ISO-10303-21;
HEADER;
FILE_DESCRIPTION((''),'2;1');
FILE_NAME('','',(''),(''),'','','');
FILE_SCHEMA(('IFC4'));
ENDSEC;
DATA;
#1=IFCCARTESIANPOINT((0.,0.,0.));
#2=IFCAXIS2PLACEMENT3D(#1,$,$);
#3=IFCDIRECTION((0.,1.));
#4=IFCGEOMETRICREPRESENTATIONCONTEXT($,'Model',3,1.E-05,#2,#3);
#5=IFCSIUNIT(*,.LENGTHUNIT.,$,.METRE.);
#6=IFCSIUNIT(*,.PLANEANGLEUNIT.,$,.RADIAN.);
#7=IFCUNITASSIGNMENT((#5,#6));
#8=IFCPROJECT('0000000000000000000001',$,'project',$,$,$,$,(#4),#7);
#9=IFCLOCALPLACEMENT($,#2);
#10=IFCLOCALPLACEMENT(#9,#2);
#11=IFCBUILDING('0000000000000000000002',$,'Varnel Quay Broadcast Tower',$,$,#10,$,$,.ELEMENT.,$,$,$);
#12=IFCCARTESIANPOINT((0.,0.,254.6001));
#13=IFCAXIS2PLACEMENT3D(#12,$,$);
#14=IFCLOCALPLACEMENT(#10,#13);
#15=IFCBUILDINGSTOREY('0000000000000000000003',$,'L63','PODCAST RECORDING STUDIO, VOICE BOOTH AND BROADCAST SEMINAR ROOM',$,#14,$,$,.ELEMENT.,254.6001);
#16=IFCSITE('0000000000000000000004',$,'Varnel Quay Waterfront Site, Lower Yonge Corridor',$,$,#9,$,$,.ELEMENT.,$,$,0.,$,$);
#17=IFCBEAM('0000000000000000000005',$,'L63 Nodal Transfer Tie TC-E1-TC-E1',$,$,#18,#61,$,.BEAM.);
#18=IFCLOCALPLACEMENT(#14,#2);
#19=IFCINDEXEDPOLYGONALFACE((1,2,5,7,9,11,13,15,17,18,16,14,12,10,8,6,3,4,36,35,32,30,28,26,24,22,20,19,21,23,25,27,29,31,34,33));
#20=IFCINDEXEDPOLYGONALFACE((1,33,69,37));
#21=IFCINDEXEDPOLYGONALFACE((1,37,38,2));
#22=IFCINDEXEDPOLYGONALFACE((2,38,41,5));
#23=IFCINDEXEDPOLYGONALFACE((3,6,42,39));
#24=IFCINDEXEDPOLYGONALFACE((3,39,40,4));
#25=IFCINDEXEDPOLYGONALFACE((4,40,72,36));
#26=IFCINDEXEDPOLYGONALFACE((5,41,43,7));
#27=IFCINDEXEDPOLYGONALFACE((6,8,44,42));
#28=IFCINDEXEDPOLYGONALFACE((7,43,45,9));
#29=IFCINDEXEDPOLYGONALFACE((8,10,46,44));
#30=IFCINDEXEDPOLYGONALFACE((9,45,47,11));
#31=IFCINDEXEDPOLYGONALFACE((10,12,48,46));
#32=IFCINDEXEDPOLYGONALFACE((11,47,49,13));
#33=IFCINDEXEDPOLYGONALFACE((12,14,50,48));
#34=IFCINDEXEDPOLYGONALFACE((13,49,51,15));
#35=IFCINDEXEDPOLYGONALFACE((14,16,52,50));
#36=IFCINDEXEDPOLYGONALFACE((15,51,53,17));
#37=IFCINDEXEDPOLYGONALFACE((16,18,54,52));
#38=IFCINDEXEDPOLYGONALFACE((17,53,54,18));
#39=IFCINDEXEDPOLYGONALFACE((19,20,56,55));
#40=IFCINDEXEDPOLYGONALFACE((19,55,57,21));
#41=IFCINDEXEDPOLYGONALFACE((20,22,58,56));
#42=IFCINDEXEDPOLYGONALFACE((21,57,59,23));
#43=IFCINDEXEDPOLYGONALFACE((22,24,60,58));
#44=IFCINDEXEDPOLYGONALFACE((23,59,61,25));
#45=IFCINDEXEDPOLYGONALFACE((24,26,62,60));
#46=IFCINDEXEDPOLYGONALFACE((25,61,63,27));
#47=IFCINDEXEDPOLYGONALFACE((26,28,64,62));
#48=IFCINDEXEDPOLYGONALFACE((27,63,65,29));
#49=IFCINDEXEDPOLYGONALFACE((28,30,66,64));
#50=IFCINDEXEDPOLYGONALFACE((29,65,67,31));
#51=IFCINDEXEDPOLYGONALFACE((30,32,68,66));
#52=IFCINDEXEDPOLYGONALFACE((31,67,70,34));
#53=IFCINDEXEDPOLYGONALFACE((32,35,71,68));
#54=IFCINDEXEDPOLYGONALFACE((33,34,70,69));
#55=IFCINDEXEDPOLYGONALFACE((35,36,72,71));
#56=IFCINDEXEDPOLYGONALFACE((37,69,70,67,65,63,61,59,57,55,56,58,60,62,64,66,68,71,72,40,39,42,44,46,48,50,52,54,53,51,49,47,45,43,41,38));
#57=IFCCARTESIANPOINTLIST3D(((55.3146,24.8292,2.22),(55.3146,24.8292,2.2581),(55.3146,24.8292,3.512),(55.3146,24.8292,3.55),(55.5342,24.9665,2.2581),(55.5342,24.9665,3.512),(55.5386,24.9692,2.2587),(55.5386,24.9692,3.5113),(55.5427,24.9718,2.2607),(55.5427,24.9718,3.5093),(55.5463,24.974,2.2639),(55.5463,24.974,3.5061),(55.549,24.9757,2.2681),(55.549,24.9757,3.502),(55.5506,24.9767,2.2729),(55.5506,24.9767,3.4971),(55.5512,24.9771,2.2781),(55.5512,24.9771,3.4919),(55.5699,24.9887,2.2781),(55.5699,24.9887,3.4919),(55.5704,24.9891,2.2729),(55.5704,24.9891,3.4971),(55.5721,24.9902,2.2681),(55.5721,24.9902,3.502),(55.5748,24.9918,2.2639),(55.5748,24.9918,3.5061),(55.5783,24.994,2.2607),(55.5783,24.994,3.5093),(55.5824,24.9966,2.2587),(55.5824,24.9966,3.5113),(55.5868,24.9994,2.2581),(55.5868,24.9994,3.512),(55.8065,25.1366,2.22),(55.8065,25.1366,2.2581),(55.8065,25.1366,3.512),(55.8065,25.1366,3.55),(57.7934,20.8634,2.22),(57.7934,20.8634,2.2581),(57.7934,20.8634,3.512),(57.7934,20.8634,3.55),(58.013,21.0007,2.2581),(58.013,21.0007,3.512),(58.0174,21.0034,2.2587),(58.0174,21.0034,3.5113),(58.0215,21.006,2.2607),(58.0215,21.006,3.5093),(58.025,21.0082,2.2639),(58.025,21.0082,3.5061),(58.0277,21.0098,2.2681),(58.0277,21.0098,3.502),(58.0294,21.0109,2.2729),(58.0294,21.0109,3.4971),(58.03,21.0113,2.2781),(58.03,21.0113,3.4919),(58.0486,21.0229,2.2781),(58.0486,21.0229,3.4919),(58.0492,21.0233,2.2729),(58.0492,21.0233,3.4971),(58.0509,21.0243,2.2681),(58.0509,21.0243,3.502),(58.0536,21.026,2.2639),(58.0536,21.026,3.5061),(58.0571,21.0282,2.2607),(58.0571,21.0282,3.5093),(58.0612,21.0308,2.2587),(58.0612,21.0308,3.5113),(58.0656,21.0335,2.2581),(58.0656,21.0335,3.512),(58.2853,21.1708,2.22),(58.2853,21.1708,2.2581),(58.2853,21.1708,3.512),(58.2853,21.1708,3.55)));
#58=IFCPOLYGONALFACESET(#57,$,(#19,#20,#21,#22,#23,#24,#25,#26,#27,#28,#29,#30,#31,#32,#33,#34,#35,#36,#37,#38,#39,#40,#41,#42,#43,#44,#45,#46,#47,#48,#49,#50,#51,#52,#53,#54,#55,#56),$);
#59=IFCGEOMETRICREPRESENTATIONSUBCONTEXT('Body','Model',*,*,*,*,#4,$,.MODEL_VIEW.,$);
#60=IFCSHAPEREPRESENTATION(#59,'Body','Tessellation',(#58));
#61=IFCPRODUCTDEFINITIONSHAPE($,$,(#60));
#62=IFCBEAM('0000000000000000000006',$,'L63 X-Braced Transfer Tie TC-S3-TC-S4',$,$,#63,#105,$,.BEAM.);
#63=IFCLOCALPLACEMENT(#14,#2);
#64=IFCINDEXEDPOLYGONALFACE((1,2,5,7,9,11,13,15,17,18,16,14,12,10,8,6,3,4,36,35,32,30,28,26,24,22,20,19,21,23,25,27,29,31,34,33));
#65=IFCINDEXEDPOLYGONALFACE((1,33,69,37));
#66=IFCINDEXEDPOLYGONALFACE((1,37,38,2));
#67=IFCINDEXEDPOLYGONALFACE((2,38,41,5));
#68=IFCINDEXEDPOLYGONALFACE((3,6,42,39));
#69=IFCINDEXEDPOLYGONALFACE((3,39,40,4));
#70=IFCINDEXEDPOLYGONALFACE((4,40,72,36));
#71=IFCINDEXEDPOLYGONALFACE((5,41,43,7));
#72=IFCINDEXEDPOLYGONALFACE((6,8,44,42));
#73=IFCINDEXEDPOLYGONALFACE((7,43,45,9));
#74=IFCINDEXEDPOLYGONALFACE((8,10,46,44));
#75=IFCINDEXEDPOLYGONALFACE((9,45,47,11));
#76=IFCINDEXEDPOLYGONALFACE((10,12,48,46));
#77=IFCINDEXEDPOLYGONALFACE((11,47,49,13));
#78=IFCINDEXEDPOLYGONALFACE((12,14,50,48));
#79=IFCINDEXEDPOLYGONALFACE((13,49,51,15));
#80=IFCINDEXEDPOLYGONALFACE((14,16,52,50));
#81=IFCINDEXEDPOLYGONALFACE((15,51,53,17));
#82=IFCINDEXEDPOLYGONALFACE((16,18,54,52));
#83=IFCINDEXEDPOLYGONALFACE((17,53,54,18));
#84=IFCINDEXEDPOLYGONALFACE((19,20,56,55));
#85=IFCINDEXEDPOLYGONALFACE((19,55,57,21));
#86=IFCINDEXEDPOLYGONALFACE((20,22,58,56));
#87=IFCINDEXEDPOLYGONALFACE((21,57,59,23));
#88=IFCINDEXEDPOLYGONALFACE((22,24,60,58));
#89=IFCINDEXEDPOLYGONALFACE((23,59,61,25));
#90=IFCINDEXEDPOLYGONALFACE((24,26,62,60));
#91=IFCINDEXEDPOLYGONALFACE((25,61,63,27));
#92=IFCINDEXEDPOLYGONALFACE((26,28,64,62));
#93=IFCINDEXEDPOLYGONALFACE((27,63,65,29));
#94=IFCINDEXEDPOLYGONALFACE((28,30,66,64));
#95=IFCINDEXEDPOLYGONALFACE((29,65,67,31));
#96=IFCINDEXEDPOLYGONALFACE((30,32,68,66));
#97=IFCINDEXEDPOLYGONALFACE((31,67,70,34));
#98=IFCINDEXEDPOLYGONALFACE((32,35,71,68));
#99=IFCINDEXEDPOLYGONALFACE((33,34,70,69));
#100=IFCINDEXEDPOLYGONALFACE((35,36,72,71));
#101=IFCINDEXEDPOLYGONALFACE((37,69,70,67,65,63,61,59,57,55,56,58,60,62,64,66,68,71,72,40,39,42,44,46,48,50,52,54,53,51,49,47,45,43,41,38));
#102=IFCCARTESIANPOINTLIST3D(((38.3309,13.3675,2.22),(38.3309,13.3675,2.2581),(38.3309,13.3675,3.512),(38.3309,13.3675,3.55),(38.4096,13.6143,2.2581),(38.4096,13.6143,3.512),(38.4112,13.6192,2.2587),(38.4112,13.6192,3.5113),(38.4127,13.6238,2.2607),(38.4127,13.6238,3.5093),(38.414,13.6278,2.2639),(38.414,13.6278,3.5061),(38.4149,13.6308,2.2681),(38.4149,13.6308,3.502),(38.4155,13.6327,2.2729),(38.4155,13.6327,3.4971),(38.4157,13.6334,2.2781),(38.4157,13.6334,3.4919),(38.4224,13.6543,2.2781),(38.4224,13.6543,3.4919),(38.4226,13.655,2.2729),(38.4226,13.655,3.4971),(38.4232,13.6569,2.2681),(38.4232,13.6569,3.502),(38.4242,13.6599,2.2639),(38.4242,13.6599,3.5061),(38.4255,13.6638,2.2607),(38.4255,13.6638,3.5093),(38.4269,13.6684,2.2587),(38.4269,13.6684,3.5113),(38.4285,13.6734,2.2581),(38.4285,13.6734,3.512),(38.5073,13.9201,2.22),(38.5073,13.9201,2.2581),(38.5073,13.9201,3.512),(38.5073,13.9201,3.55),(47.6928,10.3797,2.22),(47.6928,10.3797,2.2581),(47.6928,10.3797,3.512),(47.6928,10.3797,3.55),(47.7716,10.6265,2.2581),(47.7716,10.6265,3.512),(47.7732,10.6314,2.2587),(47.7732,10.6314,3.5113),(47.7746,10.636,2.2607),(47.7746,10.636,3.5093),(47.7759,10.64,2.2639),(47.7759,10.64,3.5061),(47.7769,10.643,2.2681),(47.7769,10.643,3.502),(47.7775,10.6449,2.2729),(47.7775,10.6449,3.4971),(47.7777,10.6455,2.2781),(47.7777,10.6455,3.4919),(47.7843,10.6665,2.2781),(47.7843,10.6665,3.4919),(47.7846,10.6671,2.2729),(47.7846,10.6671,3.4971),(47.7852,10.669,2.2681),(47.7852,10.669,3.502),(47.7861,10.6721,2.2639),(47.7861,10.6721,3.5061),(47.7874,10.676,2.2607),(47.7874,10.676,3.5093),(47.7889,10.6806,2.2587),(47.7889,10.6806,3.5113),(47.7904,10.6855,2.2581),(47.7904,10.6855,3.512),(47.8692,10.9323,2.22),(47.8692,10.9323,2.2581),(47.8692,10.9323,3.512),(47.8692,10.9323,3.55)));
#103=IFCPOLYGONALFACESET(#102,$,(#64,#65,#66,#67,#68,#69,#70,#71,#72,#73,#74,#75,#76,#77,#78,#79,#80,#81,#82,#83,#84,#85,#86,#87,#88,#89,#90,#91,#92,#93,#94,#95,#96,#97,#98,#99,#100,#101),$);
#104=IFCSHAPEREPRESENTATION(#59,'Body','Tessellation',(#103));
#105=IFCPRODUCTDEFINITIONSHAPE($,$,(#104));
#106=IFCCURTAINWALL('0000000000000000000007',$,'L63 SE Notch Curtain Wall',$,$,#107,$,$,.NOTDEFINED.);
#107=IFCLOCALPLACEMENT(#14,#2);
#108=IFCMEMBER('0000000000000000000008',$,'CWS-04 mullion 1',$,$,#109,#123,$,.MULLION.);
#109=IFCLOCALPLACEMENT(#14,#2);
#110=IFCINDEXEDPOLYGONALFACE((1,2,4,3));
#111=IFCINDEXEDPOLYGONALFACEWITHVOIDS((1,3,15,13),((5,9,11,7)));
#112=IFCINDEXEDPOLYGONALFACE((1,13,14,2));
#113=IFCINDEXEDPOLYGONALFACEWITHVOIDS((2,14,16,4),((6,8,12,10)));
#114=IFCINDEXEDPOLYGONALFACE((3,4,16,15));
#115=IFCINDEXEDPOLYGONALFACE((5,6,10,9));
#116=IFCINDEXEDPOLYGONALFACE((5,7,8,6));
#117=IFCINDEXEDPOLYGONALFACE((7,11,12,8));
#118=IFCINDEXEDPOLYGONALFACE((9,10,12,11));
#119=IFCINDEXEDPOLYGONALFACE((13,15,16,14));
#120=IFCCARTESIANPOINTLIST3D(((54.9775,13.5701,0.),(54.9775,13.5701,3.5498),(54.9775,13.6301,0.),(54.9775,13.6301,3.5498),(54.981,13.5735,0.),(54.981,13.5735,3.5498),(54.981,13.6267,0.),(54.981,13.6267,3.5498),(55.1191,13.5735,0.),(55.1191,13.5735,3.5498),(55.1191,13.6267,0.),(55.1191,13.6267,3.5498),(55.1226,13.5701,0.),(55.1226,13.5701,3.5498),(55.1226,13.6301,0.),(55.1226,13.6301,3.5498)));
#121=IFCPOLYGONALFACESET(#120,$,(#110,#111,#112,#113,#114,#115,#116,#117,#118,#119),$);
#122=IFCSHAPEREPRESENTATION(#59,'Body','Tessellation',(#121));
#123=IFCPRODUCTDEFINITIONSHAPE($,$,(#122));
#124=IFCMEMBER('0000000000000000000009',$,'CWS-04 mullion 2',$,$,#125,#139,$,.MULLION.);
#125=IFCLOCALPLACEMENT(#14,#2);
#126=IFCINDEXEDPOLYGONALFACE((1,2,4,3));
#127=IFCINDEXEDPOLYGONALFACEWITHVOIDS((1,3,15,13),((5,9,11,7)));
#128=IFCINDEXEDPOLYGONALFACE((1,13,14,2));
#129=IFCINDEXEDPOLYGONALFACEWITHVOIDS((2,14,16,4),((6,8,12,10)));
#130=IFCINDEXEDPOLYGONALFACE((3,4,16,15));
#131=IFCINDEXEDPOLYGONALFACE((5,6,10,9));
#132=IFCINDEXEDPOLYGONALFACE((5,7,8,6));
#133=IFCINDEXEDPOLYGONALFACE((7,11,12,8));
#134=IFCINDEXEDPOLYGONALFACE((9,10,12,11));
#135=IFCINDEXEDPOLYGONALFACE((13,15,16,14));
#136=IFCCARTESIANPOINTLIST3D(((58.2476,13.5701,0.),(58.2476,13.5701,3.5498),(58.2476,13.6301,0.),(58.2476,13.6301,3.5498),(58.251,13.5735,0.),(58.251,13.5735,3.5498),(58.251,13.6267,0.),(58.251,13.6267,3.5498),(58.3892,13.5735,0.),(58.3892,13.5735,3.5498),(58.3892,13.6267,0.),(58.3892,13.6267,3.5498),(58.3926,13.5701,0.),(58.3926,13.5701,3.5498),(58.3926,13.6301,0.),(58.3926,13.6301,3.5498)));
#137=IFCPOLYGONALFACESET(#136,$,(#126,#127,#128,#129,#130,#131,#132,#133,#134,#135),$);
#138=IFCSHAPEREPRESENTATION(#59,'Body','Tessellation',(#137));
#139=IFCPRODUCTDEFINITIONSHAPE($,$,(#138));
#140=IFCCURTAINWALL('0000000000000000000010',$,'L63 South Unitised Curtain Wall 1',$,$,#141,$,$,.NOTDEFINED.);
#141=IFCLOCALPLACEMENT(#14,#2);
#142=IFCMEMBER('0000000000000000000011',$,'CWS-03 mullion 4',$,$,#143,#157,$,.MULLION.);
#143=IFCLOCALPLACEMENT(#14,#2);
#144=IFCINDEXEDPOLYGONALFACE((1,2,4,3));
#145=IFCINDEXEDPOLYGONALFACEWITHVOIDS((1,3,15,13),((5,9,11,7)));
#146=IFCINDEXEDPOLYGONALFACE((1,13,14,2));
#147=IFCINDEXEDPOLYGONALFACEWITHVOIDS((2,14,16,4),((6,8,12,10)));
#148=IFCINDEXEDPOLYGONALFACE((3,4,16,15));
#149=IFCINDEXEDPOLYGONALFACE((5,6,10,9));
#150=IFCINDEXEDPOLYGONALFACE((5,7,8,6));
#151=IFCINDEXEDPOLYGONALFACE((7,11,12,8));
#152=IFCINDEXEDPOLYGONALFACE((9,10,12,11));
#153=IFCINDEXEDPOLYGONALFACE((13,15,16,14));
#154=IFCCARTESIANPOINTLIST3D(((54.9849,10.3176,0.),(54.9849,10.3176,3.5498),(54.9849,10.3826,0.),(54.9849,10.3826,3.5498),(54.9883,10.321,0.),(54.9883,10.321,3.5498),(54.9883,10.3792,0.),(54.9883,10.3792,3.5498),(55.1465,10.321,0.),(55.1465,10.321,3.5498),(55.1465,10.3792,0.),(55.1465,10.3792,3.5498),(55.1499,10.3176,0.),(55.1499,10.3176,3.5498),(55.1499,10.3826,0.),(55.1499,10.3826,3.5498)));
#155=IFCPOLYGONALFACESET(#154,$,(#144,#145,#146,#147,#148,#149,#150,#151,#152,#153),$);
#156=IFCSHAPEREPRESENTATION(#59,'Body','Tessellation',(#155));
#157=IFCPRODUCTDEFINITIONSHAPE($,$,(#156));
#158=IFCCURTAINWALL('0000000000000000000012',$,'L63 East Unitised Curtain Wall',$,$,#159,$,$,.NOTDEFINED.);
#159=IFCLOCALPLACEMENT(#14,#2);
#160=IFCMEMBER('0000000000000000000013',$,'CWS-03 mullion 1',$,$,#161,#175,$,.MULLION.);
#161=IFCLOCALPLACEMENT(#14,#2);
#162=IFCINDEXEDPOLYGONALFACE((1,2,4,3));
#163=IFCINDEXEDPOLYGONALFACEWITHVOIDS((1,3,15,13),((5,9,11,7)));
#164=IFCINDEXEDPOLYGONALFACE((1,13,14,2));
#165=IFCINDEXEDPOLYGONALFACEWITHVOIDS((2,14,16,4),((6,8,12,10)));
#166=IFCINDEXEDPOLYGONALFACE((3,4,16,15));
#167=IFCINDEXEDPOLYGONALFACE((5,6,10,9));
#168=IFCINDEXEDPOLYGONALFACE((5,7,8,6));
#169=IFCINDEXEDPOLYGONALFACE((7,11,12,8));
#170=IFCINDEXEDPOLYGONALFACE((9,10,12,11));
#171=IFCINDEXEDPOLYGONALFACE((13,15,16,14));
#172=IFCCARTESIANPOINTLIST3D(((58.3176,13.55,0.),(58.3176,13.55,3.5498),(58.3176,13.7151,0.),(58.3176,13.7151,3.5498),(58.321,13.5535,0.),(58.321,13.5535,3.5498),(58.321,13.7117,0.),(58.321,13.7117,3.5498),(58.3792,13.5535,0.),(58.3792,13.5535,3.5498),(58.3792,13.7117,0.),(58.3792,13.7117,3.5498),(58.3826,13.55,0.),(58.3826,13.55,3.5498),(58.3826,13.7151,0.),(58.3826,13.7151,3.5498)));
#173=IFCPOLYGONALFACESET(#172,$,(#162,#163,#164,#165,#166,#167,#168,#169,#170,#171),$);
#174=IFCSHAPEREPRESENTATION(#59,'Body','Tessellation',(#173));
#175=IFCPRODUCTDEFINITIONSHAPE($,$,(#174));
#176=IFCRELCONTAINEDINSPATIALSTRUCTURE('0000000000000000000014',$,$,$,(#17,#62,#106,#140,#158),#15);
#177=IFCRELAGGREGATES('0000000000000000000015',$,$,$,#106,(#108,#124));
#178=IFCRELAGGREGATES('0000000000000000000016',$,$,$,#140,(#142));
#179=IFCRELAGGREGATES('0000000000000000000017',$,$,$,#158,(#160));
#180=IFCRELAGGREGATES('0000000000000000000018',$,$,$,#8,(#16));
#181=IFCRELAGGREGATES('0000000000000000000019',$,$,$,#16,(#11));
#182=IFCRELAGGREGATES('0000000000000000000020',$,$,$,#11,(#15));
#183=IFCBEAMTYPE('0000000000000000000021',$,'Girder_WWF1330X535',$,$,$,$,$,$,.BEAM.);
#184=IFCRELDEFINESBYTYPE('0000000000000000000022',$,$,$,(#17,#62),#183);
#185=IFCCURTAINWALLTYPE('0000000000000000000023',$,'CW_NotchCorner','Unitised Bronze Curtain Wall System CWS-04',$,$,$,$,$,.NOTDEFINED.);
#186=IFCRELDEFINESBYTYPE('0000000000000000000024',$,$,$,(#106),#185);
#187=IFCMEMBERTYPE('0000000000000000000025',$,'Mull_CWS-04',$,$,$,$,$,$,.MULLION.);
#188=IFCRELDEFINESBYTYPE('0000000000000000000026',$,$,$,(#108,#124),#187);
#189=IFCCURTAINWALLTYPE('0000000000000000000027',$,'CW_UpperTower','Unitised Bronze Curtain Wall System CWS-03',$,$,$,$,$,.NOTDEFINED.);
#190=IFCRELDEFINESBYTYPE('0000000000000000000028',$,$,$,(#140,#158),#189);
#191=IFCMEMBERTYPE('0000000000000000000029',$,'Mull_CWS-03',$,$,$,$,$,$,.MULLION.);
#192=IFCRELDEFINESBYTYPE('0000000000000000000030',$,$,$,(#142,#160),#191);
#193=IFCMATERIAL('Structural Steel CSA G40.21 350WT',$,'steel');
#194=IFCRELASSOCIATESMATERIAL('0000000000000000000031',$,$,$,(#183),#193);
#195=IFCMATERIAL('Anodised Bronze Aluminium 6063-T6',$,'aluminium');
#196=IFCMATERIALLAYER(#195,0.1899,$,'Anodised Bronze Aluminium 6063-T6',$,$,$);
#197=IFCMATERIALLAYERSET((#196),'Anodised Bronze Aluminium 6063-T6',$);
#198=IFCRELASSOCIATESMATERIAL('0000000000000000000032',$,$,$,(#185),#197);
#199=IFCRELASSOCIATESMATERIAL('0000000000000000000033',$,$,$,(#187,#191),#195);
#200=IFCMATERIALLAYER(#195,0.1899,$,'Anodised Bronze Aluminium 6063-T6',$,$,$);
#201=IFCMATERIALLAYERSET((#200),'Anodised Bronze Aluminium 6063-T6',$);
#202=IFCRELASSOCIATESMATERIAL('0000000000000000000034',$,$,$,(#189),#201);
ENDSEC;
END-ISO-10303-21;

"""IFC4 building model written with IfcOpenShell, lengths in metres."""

from ifc_helpers import new_model, si_unit, direction, frame, origin, origin_2d, place, context, subcontext, project, spatial, hollow_rectangle, i_section, extrude, source, transform, mapped, material, layer, layer_set, material_profile, profile_set, type_object, type_shapes, element, aggregate, save


model = new_model("IFC4")

# Units and contexts
model_context = context("Model", 3, precision=1e-05, world=origin(), true_north=direction((0.0, 1.0)))
body_context = subcontext(model_context, "Body", "Model", "MODEL_VIEW")
ifc_project = project(units=[si_unit("LENGTHUNIT", "METRE"), si_unit("PLANEANGLEUNIT", "RADIAN")], contexts=[model_context])

# Site, building, storey
site_placement = place(None, origin())
site = spatial("IfcSite", under=ifc_project, at=site_placement, Name="Varnel Quay Waterfront Site, Lower Yonge Corridor", CompositionType="ELEMENT", RefElevation=0.0)
building_placement = place(site_placement, origin())
building = spatial("IfcBuilding", under=site, at=building_placement, Name="Varnel Quay Broadcast Tower", CompositionType="ELEMENT")
storey_placement = place(building_placement, frame((0.0, 0.0, 254.6001)))
storey = spatial("IfcBuildingStorey", under=building, at=storey_placement, Name="L63", Description="PODCAST RECORDING STUDIO, VOICE BOOTH AND BROADCAST SEMINAR ROOM", CompositionType="ELEMENT", Elevation=254.6001)

# Shared definitions
ifc_material_1 = material(Name="Structural Steel CSA G40.21 350WT", Category="steel")

# Beams
ifc_material_profile_1 = material_profile(ifc_material_1, i_section(OverallWidth=0.5801, OverallDepth=1.3301, WebThickness=0.022, FlangeThickness=0.0381, FilletRadius=0.02, at=origin_2d()), Name="WWF1330X535")
ifc_profile_set_1 = profile_set([ifc_material_profile_1], Name="Structural Steel CSA G40.21 350WT")
beam_type_1 = type_object("IfcBeamType", Name="Girder_WWF1330X535", PredefinedType="BEAM", material=ifc_profile_set_1)
shared_shape_1 = source(origin(), body_context, "Body", "SweptSolid", [
    extrude(i_section(OverallWidth=0.5801, OverallDepth=1.3301, WebThickness=0.022, FlangeThickness=0.0381, FilletRadius=0.02, at=origin_2d()), origin(), (0.0, 0.0, 1.0), 4.6768),
])
beam_1_placement = place(storey_placement, frame((58.0393, 21.0171, 2.885), z_axis=(-0.530018, 0.847987, 0.0), x_axis=(-0.847987, -0.530018, 0.0)))
element("IfcBeam", 1, at=beam_1_placement, inside=storey, type_object=beam_type_1, Name="L63 Nodal Transfer Tie TC-E1-TC-E1", PredefinedType="BEAM", context=body_context, shape_type="MappedRepresentation", body=[
    mapped(shared_shape_1, transform((0.0, 0.0, 0.0), x_axis=(1.0, 0.0, 0.0), y_axis=(0.0, 1.0, 0.0), z_axis=(0.0, 0.0, 1.0), scale=1.0)),
])
shared_shape_2 = source(origin(), body_context, "Body", "SweptSolid", [
    extrude(i_section(OverallWidth=0.5801, OverallDepth=1.3301, WebThickness=0.022, FlangeThickness=0.0381, FilletRadius=0.02, at=origin_2d()), origin(), (0.0, 0.0, 1.0), 9.8271),
])
beam_2_placement = place(storey_placement, frame((47.781, 10.656, 2.885), z_axis=(-0.95266, 0.304038, 0.0), x_axis=(-0.304038, -0.95266, 0.0)))
element("IfcBeam", 2, at=beam_2_placement, inside=storey, type_object=beam_type_1, Name="L63 X-Braced Transfer Tie TC-S3-TC-S4", PredefinedType="BEAM", context=body_context, shape_type="MappedRepresentation", body=[
    mapped(shared_shape_2, transform((0.0, 0.0, 0.0), x_axis=(1.0, 0.0, 0.0), y_axis=(0.0, 1.0, 0.0), z_axis=(0.0, 0.0, 1.0), scale=1.0)),
])

# Curtain wall, members
ifc_material_2 = material(Name="Anodised Bronze Aluminium 6063-T6", Category="aluminium")
ifc_layer_1 = layer(ifc_material_2, 0.1899, Name="Anodised Bronze Aluminium 6063-T6")
ifc_layer_set_1 = layer_set([ifc_layer_1], Name="Anodised Bronze Aluminium 6063-T6")
curtain_wall_type_1 = type_object("IfcCurtainWallType", Name="CW_NotchCorner", Description="Unitised Bronze Curtain Wall System CWS-04", PredefinedType="NOTDEFINED", material=ifc_layer_set_1)
curtain_wall_1_placement = place(storey_placement, origin())
curtain_wall_1 = element("IfcCurtainWall", 3, at=curtain_wall_1_placement, inside=storey, type_object=curtain_wall_type_1, Name="L63 SE Notch Curtain Wall", PredefinedType="NOTDEFINED")
ifc_material_profile_2 = material_profile(ifc_material_2, hollow_rectangle(XDim=0.0601, YDim=0.145, WallThickness=0.0034, at=origin_2d()), Name="ALU60X145X3.5")
ifc_profile_set_2 = profile_set([ifc_material_profile_2], Name="Anodised Bronze Aluminium 6063-T6")
member_type_1 = type_object("IfcMemberType", Name="Mull_CWS-04", PredefinedType="MULLION", material=ifc_profile_set_2)
shared_shape_3 = source(origin(), body_context, "Body", "SweptSolid", [
    extrude(hollow_rectangle(XDim=0.0601, YDim=0.145, WallThickness=0.0034, at=origin_2d()), origin(), (0.0, 0.0, 1.0), 3.5498),
])
type_shapes(member_type_1, [shared_shape_3])
member_1_placement = place(storey_placement, frame((55.05, 13.6001, 0.0), z_axis=(0.0, 0.0, 1.0), x_axis=(0.0, 1.0, 0.0)))
member_1 = element("IfcMember", 4, at=member_1_placement, type_object=member_type_1, Name="CWS-04 mullion 1", PredefinedType="MULLION", context=body_context, shape_type="MappedRepresentation", body=[
    mapped(shared_shape_3, transform((0.0, 0.0, 0.0), x_axis=(1.0, 0.0, 0.0), y_axis=(0.0, 1.0, 0.0), z_axis=(0.0, 0.0, 1.0), scale=1.0)),
])
member_2_placement = place(storey_placement, frame((58.3201, 13.6001, 0.0), z_axis=(0.0, 0.0, 1.0), x_axis=(0.0, 1.0, 0.0)))
member_2 = element("IfcMember", 5, at=member_2_placement, type_object=member_type_1, Name="CWS-04 mullion 2", PredefinedType="MULLION", context=body_context, shape_type="MappedRepresentation", body=[
    mapped(shared_shape_3, transform((0.0, 0.0, 0.0), x_axis=(1.0, 0.0, 0.0), y_axis=(0.0, 1.0, 0.0), z_axis=(0.0, 0.0, 1.0), scale=1.0)),
])

# Curtain wall, member
ifc_layer_2 = layer(ifc_material_2, 0.1899, Name="Anodised Bronze Aluminium 6063-T6")
ifc_layer_set_2 = layer_set([ifc_layer_2], Name="Anodised Bronze Aluminium 6063-T6")
curtain_wall_type_2 = type_object("IfcCurtainWallType", Name="CW_UpperTower", Description="Unitised Bronze Curtain Wall System CWS-03", PredefinedType="NOTDEFINED", material=ifc_layer_set_2)
curtain_wall_2_placement = place(storey_placement, origin())
curtain_wall_2 = element("IfcCurtainWall", 6, at=curtain_wall_2_placement, inside=storey, type_object=curtain_wall_type_2, Name="L63 South Unitised Curtain Wall 1", PredefinedType="NOTDEFINED")
ifc_material_profile_3 = material_profile(ifc_material_2, hollow_rectangle(XDim=0.0649, YDim=0.165, WallThickness=0.0034, at=origin_2d()), Name="ALU65X165X3.5")
ifc_profile_set_3 = profile_set([ifc_material_profile_3], Name="Anodised Bronze Aluminium 6063-T6")
member_type_2 = type_object("IfcMemberType", Name="Mull_CWS-03", PredefinedType="MULLION", material=ifc_profile_set_3)
shared_shape_4 = source(origin(), body_context, "Body", "SweptSolid", [
    extrude(hollow_rectangle(XDim=0.0649, YDim=0.165, WallThickness=0.0034, at=origin_2d()), origin(), (0.0, 0.0, 1.0), 3.5498),
])
type_shapes(member_type_2, [shared_shape_4])
member_3_placement = place(storey_placement, frame((55.0674, 10.3501, 0.0), z_axis=(0.0, 0.0, 1.0), x_axis=(0.0, 1.0, 0.0)))
member_3 = element("IfcMember", 7, at=member_3_placement, type_object=member_type_2, Name="CWS-03 mullion 4", PredefinedType="MULLION", context=body_context, shape_type="MappedRepresentation", body=[
    mapped(shared_shape_4, transform((0.0, 0.0, 0.0), x_axis=(1.0, 0.0, 0.0), y_axis=(0.0, 1.0, 0.0), z_axis=(0.0, 0.0, 1.0), scale=1.0)),
])

# Curtain wall, member
curtain_wall_3_placement = place(storey_placement, origin())
curtain_wall_3 = element("IfcCurtainWall", 8, at=curtain_wall_3_placement, inside=storey, type_object=curtain_wall_type_2, Name="L63 East Unitised Curtain Wall", PredefinedType="NOTDEFINED")
member_4_placement = place(storey_placement, frame((58.3501, 13.6326, 0.0), z_axis=(0.0, 0.0, 1.0), x_axis=(-1.0, 0.0, 0.0)))
member_4 = element("IfcMember", 9, at=member_4_placement, type_object=member_type_2, Name="CWS-03 mullion 1", PredefinedType="MULLION", context=body_context, shape_type="MappedRepresentation", body=[
    mapped(shared_shape_4, transform((0.0, 0.0, 0.0), x_axis=(1.0, 0.0, 0.0), y_axis=(0.0, 1.0, 0.0), z_axis=(0.0, 0.0, 1.0), scale=1.0)),
])

aggregate(curtain_wall_1, [member_1, member_2])
aggregate(curtain_wall_2, [member_3])
aggregate(curtain_wall_3, [member_4])

save(model, "model.ifc")
